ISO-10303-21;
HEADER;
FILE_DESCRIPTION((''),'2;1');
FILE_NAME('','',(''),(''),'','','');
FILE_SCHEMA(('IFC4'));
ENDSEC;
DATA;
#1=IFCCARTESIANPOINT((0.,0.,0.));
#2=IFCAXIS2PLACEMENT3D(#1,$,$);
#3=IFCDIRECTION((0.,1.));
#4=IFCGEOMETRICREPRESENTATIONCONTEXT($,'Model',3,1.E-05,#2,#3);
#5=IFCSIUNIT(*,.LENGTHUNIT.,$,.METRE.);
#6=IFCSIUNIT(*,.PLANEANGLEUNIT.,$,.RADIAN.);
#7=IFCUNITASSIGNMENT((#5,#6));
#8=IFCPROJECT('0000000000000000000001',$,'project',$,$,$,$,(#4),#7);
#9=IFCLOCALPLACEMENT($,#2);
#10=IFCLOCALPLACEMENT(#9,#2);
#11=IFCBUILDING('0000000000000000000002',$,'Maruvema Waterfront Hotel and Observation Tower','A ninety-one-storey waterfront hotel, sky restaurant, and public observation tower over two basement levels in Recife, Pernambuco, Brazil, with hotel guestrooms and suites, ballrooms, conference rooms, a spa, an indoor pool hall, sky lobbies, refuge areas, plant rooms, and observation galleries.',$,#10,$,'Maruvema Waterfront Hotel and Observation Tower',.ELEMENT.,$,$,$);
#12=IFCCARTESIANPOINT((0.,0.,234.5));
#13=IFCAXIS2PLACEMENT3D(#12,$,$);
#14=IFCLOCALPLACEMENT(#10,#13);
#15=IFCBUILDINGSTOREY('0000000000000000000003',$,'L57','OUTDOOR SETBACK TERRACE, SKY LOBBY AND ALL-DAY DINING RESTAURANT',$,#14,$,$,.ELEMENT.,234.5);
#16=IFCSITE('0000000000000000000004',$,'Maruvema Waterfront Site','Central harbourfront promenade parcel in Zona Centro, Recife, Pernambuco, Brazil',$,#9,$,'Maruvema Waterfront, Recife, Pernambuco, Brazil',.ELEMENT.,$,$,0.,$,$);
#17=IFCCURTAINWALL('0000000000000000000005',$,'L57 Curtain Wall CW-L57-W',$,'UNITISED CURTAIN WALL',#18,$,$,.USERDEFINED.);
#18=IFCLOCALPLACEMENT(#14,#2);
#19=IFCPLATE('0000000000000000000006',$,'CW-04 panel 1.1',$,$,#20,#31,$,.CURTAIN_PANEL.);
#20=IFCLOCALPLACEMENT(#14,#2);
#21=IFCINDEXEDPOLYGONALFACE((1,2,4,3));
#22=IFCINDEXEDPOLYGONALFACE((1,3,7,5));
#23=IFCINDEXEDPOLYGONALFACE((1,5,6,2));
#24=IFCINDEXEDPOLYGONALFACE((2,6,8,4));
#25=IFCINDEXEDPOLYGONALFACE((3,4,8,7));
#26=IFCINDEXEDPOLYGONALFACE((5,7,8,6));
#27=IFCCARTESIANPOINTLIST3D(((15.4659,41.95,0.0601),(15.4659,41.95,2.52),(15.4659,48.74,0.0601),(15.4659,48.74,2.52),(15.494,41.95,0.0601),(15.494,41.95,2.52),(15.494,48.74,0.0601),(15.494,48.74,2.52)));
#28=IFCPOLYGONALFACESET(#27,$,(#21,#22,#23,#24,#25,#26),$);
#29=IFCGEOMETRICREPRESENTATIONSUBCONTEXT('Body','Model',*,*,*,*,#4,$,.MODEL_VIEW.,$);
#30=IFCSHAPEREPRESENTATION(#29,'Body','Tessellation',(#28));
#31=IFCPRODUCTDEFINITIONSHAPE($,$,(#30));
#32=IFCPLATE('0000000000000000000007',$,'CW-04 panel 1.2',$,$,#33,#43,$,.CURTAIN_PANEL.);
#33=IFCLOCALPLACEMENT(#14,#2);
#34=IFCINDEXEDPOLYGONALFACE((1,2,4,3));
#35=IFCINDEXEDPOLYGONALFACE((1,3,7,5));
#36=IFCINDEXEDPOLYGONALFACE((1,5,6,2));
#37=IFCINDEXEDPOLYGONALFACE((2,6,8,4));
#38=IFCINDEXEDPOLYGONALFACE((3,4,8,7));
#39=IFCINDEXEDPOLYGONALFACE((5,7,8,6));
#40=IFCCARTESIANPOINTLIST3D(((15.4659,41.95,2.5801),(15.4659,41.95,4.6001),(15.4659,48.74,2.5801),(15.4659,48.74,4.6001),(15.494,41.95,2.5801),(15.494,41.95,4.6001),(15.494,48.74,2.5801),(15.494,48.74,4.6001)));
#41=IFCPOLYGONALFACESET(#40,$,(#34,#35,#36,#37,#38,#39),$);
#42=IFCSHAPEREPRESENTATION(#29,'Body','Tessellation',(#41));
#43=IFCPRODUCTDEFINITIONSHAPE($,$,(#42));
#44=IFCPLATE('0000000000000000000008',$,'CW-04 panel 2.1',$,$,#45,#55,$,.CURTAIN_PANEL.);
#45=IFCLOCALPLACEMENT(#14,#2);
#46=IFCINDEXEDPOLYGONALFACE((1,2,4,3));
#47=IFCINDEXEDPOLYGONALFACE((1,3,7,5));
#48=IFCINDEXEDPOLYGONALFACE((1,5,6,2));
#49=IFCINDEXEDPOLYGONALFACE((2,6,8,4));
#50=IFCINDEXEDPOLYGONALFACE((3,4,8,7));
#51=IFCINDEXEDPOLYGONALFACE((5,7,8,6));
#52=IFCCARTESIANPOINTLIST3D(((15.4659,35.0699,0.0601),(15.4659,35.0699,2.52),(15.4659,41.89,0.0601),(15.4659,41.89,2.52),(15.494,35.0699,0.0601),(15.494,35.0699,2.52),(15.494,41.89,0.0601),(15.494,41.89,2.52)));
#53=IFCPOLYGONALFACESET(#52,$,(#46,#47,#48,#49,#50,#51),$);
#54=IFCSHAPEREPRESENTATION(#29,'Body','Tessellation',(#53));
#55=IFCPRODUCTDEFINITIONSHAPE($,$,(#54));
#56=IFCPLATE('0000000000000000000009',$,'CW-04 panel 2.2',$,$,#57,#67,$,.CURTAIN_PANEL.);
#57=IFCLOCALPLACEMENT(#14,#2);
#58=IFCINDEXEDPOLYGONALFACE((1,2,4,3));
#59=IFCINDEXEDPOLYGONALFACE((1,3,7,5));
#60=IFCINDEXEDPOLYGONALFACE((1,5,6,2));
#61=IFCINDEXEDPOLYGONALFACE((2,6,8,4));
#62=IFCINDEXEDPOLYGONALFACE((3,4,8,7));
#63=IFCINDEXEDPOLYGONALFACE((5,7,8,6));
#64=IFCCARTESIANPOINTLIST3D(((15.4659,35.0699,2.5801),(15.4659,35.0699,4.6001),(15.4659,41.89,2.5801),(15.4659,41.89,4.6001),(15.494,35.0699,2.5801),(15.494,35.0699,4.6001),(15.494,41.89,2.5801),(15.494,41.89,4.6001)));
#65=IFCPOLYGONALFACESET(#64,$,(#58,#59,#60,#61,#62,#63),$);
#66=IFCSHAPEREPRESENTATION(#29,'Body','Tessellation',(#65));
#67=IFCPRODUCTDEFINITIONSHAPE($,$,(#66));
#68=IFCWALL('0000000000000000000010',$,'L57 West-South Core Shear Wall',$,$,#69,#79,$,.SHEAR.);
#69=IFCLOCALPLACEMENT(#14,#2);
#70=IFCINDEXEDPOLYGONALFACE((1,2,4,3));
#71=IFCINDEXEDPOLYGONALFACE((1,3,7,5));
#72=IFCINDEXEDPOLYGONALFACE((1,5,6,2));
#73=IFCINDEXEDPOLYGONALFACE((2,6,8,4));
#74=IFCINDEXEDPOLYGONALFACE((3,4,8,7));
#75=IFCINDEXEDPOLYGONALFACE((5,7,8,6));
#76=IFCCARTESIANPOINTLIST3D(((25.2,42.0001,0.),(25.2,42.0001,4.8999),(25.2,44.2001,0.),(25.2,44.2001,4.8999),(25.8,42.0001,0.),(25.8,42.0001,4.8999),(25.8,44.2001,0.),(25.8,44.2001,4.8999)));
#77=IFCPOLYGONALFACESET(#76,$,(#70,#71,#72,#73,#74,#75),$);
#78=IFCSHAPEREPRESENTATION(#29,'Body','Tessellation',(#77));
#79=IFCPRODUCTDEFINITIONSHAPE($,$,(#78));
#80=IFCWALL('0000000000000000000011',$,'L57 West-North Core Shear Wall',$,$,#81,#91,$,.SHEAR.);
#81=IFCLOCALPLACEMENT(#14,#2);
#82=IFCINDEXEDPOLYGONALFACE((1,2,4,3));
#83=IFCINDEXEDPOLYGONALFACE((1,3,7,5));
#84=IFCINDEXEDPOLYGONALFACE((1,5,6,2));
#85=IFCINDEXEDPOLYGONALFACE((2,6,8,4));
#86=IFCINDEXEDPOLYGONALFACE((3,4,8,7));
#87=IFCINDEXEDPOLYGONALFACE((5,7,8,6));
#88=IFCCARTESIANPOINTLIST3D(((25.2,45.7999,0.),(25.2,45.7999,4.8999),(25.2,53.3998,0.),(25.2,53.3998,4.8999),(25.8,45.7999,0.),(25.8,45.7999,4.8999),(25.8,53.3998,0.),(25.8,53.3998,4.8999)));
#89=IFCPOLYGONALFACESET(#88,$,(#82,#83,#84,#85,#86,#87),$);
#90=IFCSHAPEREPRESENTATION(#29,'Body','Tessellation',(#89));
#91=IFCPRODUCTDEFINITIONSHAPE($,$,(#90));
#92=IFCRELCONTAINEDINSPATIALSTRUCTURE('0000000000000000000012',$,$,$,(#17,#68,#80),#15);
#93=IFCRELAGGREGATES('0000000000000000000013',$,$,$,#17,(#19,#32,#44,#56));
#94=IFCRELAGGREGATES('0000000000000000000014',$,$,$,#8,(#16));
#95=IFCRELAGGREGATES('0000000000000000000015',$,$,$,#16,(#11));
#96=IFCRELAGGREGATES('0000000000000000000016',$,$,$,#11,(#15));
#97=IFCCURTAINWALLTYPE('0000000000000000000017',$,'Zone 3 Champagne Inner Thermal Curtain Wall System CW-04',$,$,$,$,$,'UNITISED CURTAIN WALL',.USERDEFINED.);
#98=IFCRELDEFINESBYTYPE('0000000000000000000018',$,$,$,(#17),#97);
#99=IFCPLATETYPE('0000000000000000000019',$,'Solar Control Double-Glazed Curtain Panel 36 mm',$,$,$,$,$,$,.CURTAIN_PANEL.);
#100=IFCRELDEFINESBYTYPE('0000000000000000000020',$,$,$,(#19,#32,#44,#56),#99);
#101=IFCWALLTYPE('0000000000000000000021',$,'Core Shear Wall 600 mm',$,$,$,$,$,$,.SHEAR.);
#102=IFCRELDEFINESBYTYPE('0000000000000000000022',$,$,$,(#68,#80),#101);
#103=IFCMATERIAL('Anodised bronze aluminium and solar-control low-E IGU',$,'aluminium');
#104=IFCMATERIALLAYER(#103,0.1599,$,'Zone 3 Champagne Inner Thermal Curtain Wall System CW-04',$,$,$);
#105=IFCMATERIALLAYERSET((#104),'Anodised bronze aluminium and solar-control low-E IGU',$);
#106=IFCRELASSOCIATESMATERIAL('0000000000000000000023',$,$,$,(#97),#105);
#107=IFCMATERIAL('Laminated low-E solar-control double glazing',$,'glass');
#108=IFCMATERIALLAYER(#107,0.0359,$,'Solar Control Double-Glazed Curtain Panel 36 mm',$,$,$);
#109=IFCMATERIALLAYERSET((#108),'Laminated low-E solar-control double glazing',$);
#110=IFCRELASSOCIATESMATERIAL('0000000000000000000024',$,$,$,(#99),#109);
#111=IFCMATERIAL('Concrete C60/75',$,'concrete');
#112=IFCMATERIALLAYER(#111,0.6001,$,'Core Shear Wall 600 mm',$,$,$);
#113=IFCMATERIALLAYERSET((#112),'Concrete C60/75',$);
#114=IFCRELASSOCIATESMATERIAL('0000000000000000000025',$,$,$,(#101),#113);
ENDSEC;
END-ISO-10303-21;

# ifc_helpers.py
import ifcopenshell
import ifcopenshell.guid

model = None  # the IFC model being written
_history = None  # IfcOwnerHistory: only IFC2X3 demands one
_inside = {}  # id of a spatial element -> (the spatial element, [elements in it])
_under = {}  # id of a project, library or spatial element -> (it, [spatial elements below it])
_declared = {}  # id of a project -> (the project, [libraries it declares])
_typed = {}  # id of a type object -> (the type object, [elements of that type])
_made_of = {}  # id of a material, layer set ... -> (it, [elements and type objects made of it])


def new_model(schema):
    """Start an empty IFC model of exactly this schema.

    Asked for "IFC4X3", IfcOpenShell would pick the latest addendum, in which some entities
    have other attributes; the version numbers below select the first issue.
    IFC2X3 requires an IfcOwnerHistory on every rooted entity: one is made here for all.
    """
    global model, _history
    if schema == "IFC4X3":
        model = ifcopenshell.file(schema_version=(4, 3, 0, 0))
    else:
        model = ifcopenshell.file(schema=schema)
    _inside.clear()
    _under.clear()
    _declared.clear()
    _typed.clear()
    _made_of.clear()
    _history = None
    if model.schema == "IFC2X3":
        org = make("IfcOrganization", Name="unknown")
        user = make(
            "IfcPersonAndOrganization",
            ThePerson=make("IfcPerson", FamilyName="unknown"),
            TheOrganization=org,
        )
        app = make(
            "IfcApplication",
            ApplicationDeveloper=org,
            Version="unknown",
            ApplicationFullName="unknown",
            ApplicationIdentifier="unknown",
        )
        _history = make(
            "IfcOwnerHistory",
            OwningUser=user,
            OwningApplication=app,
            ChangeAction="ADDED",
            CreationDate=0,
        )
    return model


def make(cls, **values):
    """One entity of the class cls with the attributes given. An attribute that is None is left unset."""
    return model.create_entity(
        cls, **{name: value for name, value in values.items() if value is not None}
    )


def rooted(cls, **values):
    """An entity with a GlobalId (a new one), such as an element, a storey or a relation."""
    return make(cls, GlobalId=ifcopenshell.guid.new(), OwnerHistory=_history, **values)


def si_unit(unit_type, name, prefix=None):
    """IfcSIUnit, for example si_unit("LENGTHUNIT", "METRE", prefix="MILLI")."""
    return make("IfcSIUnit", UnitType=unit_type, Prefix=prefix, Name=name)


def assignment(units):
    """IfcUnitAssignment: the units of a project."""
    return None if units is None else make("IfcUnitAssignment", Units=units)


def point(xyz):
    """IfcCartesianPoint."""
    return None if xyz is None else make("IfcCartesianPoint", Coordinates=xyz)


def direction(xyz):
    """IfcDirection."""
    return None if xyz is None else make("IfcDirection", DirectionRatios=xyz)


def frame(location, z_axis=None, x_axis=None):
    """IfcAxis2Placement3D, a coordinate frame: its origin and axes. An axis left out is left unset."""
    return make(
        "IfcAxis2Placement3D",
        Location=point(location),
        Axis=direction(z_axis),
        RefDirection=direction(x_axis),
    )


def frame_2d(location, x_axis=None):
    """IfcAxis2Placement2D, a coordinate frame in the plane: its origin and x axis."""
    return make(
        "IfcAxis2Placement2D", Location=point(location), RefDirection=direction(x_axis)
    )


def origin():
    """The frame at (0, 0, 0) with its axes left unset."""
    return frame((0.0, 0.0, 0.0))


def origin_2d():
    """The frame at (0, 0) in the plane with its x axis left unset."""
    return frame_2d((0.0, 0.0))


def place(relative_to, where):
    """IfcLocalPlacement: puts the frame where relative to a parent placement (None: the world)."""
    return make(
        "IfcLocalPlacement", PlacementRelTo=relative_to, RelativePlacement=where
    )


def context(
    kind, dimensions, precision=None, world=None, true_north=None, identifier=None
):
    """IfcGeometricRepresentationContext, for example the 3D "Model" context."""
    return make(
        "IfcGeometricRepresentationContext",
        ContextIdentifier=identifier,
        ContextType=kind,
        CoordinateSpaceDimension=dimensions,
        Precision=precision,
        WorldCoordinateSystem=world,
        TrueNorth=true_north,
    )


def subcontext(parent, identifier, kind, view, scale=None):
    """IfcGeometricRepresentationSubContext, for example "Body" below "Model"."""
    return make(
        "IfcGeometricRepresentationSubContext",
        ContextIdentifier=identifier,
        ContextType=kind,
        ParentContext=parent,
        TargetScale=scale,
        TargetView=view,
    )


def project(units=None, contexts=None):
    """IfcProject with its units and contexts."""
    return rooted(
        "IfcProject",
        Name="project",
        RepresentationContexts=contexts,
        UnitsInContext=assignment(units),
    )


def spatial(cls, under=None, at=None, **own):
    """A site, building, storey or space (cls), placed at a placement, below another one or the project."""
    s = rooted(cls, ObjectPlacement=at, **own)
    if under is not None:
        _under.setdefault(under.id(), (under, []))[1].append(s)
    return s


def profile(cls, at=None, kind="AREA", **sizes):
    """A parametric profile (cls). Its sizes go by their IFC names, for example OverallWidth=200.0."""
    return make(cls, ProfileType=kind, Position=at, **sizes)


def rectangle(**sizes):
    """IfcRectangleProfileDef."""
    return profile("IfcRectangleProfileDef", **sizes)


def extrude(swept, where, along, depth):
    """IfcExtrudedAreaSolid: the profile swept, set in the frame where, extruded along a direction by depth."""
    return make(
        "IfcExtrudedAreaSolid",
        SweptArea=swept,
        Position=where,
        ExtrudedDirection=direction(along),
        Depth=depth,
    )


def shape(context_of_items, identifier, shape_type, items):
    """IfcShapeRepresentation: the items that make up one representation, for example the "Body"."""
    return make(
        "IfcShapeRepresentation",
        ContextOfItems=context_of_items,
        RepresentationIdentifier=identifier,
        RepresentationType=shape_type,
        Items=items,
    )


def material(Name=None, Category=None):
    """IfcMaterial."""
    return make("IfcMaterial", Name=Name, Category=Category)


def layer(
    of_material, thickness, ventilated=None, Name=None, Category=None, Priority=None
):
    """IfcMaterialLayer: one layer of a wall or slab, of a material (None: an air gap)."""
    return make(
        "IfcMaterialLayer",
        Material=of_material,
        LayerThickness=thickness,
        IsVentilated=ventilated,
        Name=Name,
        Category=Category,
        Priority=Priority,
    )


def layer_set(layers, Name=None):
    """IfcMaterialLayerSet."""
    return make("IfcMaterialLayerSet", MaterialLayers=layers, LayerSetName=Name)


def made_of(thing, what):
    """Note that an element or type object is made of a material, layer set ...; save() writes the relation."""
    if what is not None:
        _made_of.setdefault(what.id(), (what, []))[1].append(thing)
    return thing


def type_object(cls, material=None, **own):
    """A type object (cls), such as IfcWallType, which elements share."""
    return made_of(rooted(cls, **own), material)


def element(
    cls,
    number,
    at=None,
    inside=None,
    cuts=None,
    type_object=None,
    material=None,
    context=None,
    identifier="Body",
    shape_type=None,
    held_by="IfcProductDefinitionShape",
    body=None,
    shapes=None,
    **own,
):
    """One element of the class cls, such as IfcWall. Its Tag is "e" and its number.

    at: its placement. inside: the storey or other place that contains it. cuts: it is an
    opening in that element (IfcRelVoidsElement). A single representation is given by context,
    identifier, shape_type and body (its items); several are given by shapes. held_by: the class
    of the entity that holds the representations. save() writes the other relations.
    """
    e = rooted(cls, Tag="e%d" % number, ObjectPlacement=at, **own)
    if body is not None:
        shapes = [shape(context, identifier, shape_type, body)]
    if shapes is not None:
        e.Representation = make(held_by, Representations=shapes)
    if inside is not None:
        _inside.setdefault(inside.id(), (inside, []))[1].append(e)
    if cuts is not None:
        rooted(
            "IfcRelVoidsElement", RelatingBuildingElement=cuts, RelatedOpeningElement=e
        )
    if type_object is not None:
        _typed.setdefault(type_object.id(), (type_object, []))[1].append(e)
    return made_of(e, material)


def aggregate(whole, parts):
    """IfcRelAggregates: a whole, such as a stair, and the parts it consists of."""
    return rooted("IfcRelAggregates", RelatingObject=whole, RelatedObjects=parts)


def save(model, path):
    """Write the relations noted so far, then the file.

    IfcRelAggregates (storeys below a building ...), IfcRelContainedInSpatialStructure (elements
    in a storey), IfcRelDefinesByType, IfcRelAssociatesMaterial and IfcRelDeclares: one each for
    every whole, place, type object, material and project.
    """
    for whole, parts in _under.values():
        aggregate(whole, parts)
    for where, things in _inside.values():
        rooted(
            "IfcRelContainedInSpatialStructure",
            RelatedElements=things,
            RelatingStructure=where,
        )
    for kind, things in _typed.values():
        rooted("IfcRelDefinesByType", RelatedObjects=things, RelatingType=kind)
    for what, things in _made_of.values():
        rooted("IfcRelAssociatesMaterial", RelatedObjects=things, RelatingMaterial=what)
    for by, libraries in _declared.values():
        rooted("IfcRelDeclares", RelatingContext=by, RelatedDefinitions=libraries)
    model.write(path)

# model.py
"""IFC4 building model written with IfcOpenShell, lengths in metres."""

from ifc_helpers import new_model, si_unit, direction, frame, frame_2d, origin, origin_2d, place, context, subcontext, project, spatial, rectangle, extrude, material, layer, layer_set, type_object, element, aggregate, save


model = new_model("IFC4")

# Units and contexts
model_context = context("Model", 3, precision=1e-05, world=origin(), true_north=direction((0.0, 1.0)))
body_context = subcontext(model_context, "Body", "Model", "MODEL_VIEW")
ifc_project = project(units=[si_unit("LENGTHUNIT", "METRE"), si_unit("PLANEANGLEUNIT", "RADIAN")], contexts=[model_context])

# Site, building, storey
site_placement = place(None, origin())
site = spatial("IfcSite", under=ifc_project, at=site_placement, Name="Maruvema Waterfront Site", Description="Central harbourfront promenade parcel in Zona Centro, Recife, Pernambuco, Brazil", LongName="Maruvema Waterfront, Recife, Pernambuco, Brazil", CompositionType="ELEMENT", RefElevation=0.0)
building_placement = place(site_placement, origin())
building = spatial("IfcBuilding", under=site, at=building_placement, Name="Maruvema Waterfront Hotel and Observation Tower", Description="A ninety-one-storey waterfront hotel, sky restaurant, and public observation tower over two basement levels in Recife, Pernambuco, Brazil, with hotel guestrooms and suites, ballrooms, conference rooms, a spa, an indoor pool hall, sky lobbies, refuge areas, plant rooms, and observation galleries.", LongName="Maruvema Waterfront Hotel and Observation Tower", CompositionType="ELEMENT")
storey_placement = place(building_placement, frame((0.0, 0.0, 234.5)))
storey = spatial("IfcBuildingStorey", under=building, at=storey_placement, Name="L57", Description="OUTDOOR SETBACK TERRACE, SKY LOBBY AND ALL-DAY DINING RESTAURANT", CompositionType="ELEMENT", Elevation=234.5)

# Curtain wall
ifc_material_1 = material(Name="Anodised bronze aluminium and solar-control low-E IGU", Category="aluminium")
ifc_layer_1 = layer(ifc_material_1, 0.1599, Name="Zone 3 Champagne Inner Thermal Curtain Wall System CW-04")
ifc_layer_set_1 = layer_set([ifc_layer_1], Name="Anodised bronze aluminium and solar-control low-E IGU")
curtain_wall_type = type_object("IfcCurtainWallType", Name="Zone 3 Champagne Inner Thermal Curtain Wall System CW-04", ElementType="UNITISED CURTAIN WALL", PredefinedType="USERDEFINED", material=ifc_layer_set_1)
curtain_wall_placement = place(storey_placement, origin())
curtain_wall = element("IfcCurtainWall", 1, at=curtain_wall_placement, inside=storey, type_object=curtain_wall_type, Name="L57 Curtain Wall CW-L57-W", ObjectType="UNITISED CURTAIN WALL", PredefinedType="USERDEFINED")

# Plates
ifc_material_2 = material(Name="Laminated low-E solar-control double glazing", Category="glass")
ifc_layer_2 = layer(ifc_material_2, 0.0359, Name="Solar Control Double-Glazed Curtain Panel 36 mm")
ifc_layer_set_2 = layer_set([ifc_layer_2], Name="Laminated low-E solar-control double glazing")
plate_type = type_object("IfcPlateType", Name="Solar Control Double-Glazed Curtain Panel 36 mm", PredefinedType="CURTAIN_PANEL", material=ifc_layer_set_2)
plate_1_placement = place(storey_placement, frame((15.48, 45.345, 0.0601), z_axis=(0.0, 0.0, 1.0), x_axis=(0.0, -1.0, 0.0)))
plate_1 = element("IfcPlate", 2, at=plate_1_placement, type_object=plate_type, Name="CW-04 panel 1.1", PredefinedType="CURTAIN_PANEL", context=body_context, shape_type="SweptSolid", body=[
    extrude(rectangle(XDim=6.79, YDim=0.0281, at=origin_2d()), origin(), (0.0, 0.0, 1.0), 2.46),
])
plate_2_placement = place(storey_placement, frame((15.48, 45.345, 2.5801), z_axis=(0.0, 0.0, 1.0), x_axis=(0.0, -1.0, 0.0)))
plate_2 = element("IfcPlate", 3, at=plate_2_placement, type_object=plate_type, Name="CW-04 panel 1.2", PredefinedType="CURTAIN_PANEL", context=body_context, shape_type="SweptSolid", body=[
    extrude(rectangle(XDim=6.79, YDim=0.0281, at=origin_2d()), origin(), (0.0, 0.0, 1.0), 2.02),
])
plate_3_placement = place(storey_placement, frame((15.48, 38.48, 0.0601), z_axis=(0.0, 0.0, 1.0), x_axis=(0.0, -1.0, 0.0)))
plate_3 = element("IfcPlate", 4, at=plate_3_placement, type_object=plate_type, Name="CW-04 panel 2.1", PredefinedType="CURTAIN_PANEL", context=body_context, shape_type="SweptSolid", body=[
    extrude(rectangle(XDim=6.8201, YDim=0.0281, at=origin_2d()), origin(), (0.0, 0.0, 1.0), 2.46),
])
plate_4_placement = place(storey_placement, frame((15.48, 38.48, 2.5801), z_axis=(0.0, 0.0, 1.0), x_axis=(0.0, -1.0, 0.0)))
plate_4 = element("IfcPlate", 5, at=plate_4_placement, type_object=plate_type, Name="CW-04 panel 2.2", PredefinedType="CURTAIN_PANEL", context=body_context, shape_type="SweptSolid", body=[
    extrude(rectangle(XDim=6.8201, YDim=0.0281, at=origin_2d()), origin(), (0.0, 0.0, 1.0), 2.02),
])
aggregate(curtain_wall, [plate_1, plate_2, plate_3, plate_4])

# Shared definitions
ifc_material_3 = material(Name="Concrete C60/75", Category="concrete")
ifc_layer_3 = layer(ifc_material_3, 0.6001, Name="Core Shear Wall 600 mm")
ifc_layer_set_3 = layer_set([ifc_layer_3], Name="Concrete C60/75")
wall_type = type_object("IfcWallType", Name="Core Shear Wall 600 mm", PredefinedType="SHEAR", material=ifc_layer_set_3)

# Walls
wall_1_placement = place(storey_placement, frame((25.5, 42.0, 0.0), z_axis=(0.0, 0.0, 1.0), x_axis=(0.0, 1.0, 0.0)))
element("IfcWall", 6, at=wall_1_placement, inside=storey, type_object=wall_type, Name="L57 West-South Core Shear Wall", PredefinedType="SHEAR", context=body_context, shape_type="SweptSolid", body=[
    extrude(rectangle(XDim=2.2, YDim=0.6001, at=frame_2d((1.1001, 0.0))), origin(), (0.0, 0.0, 1.0), 4.8999),
])
wall_2_placement = place(storey_placement, frame((25.5, 45.8, 0.0), z_axis=(0.0, 0.0, 1.0), x_axis=(0.0, 1.0, 0.0)))
element("IfcWall", 7, at=wall_2_placement, inside=storey, type_object=wall_type, Name="L57 West-North Core Shear Wall", PredefinedType="SHEAR", context=body_context, shape_type="SweptSolid", body=[
    extrude(rectangle(XDim=7.5999, YDim=0.6001, at=frame_2d((3.7998, 0.0))), origin(), (0.0, 0.0, 1.0), 4.8999),
])

save(model, "model.ifc")
